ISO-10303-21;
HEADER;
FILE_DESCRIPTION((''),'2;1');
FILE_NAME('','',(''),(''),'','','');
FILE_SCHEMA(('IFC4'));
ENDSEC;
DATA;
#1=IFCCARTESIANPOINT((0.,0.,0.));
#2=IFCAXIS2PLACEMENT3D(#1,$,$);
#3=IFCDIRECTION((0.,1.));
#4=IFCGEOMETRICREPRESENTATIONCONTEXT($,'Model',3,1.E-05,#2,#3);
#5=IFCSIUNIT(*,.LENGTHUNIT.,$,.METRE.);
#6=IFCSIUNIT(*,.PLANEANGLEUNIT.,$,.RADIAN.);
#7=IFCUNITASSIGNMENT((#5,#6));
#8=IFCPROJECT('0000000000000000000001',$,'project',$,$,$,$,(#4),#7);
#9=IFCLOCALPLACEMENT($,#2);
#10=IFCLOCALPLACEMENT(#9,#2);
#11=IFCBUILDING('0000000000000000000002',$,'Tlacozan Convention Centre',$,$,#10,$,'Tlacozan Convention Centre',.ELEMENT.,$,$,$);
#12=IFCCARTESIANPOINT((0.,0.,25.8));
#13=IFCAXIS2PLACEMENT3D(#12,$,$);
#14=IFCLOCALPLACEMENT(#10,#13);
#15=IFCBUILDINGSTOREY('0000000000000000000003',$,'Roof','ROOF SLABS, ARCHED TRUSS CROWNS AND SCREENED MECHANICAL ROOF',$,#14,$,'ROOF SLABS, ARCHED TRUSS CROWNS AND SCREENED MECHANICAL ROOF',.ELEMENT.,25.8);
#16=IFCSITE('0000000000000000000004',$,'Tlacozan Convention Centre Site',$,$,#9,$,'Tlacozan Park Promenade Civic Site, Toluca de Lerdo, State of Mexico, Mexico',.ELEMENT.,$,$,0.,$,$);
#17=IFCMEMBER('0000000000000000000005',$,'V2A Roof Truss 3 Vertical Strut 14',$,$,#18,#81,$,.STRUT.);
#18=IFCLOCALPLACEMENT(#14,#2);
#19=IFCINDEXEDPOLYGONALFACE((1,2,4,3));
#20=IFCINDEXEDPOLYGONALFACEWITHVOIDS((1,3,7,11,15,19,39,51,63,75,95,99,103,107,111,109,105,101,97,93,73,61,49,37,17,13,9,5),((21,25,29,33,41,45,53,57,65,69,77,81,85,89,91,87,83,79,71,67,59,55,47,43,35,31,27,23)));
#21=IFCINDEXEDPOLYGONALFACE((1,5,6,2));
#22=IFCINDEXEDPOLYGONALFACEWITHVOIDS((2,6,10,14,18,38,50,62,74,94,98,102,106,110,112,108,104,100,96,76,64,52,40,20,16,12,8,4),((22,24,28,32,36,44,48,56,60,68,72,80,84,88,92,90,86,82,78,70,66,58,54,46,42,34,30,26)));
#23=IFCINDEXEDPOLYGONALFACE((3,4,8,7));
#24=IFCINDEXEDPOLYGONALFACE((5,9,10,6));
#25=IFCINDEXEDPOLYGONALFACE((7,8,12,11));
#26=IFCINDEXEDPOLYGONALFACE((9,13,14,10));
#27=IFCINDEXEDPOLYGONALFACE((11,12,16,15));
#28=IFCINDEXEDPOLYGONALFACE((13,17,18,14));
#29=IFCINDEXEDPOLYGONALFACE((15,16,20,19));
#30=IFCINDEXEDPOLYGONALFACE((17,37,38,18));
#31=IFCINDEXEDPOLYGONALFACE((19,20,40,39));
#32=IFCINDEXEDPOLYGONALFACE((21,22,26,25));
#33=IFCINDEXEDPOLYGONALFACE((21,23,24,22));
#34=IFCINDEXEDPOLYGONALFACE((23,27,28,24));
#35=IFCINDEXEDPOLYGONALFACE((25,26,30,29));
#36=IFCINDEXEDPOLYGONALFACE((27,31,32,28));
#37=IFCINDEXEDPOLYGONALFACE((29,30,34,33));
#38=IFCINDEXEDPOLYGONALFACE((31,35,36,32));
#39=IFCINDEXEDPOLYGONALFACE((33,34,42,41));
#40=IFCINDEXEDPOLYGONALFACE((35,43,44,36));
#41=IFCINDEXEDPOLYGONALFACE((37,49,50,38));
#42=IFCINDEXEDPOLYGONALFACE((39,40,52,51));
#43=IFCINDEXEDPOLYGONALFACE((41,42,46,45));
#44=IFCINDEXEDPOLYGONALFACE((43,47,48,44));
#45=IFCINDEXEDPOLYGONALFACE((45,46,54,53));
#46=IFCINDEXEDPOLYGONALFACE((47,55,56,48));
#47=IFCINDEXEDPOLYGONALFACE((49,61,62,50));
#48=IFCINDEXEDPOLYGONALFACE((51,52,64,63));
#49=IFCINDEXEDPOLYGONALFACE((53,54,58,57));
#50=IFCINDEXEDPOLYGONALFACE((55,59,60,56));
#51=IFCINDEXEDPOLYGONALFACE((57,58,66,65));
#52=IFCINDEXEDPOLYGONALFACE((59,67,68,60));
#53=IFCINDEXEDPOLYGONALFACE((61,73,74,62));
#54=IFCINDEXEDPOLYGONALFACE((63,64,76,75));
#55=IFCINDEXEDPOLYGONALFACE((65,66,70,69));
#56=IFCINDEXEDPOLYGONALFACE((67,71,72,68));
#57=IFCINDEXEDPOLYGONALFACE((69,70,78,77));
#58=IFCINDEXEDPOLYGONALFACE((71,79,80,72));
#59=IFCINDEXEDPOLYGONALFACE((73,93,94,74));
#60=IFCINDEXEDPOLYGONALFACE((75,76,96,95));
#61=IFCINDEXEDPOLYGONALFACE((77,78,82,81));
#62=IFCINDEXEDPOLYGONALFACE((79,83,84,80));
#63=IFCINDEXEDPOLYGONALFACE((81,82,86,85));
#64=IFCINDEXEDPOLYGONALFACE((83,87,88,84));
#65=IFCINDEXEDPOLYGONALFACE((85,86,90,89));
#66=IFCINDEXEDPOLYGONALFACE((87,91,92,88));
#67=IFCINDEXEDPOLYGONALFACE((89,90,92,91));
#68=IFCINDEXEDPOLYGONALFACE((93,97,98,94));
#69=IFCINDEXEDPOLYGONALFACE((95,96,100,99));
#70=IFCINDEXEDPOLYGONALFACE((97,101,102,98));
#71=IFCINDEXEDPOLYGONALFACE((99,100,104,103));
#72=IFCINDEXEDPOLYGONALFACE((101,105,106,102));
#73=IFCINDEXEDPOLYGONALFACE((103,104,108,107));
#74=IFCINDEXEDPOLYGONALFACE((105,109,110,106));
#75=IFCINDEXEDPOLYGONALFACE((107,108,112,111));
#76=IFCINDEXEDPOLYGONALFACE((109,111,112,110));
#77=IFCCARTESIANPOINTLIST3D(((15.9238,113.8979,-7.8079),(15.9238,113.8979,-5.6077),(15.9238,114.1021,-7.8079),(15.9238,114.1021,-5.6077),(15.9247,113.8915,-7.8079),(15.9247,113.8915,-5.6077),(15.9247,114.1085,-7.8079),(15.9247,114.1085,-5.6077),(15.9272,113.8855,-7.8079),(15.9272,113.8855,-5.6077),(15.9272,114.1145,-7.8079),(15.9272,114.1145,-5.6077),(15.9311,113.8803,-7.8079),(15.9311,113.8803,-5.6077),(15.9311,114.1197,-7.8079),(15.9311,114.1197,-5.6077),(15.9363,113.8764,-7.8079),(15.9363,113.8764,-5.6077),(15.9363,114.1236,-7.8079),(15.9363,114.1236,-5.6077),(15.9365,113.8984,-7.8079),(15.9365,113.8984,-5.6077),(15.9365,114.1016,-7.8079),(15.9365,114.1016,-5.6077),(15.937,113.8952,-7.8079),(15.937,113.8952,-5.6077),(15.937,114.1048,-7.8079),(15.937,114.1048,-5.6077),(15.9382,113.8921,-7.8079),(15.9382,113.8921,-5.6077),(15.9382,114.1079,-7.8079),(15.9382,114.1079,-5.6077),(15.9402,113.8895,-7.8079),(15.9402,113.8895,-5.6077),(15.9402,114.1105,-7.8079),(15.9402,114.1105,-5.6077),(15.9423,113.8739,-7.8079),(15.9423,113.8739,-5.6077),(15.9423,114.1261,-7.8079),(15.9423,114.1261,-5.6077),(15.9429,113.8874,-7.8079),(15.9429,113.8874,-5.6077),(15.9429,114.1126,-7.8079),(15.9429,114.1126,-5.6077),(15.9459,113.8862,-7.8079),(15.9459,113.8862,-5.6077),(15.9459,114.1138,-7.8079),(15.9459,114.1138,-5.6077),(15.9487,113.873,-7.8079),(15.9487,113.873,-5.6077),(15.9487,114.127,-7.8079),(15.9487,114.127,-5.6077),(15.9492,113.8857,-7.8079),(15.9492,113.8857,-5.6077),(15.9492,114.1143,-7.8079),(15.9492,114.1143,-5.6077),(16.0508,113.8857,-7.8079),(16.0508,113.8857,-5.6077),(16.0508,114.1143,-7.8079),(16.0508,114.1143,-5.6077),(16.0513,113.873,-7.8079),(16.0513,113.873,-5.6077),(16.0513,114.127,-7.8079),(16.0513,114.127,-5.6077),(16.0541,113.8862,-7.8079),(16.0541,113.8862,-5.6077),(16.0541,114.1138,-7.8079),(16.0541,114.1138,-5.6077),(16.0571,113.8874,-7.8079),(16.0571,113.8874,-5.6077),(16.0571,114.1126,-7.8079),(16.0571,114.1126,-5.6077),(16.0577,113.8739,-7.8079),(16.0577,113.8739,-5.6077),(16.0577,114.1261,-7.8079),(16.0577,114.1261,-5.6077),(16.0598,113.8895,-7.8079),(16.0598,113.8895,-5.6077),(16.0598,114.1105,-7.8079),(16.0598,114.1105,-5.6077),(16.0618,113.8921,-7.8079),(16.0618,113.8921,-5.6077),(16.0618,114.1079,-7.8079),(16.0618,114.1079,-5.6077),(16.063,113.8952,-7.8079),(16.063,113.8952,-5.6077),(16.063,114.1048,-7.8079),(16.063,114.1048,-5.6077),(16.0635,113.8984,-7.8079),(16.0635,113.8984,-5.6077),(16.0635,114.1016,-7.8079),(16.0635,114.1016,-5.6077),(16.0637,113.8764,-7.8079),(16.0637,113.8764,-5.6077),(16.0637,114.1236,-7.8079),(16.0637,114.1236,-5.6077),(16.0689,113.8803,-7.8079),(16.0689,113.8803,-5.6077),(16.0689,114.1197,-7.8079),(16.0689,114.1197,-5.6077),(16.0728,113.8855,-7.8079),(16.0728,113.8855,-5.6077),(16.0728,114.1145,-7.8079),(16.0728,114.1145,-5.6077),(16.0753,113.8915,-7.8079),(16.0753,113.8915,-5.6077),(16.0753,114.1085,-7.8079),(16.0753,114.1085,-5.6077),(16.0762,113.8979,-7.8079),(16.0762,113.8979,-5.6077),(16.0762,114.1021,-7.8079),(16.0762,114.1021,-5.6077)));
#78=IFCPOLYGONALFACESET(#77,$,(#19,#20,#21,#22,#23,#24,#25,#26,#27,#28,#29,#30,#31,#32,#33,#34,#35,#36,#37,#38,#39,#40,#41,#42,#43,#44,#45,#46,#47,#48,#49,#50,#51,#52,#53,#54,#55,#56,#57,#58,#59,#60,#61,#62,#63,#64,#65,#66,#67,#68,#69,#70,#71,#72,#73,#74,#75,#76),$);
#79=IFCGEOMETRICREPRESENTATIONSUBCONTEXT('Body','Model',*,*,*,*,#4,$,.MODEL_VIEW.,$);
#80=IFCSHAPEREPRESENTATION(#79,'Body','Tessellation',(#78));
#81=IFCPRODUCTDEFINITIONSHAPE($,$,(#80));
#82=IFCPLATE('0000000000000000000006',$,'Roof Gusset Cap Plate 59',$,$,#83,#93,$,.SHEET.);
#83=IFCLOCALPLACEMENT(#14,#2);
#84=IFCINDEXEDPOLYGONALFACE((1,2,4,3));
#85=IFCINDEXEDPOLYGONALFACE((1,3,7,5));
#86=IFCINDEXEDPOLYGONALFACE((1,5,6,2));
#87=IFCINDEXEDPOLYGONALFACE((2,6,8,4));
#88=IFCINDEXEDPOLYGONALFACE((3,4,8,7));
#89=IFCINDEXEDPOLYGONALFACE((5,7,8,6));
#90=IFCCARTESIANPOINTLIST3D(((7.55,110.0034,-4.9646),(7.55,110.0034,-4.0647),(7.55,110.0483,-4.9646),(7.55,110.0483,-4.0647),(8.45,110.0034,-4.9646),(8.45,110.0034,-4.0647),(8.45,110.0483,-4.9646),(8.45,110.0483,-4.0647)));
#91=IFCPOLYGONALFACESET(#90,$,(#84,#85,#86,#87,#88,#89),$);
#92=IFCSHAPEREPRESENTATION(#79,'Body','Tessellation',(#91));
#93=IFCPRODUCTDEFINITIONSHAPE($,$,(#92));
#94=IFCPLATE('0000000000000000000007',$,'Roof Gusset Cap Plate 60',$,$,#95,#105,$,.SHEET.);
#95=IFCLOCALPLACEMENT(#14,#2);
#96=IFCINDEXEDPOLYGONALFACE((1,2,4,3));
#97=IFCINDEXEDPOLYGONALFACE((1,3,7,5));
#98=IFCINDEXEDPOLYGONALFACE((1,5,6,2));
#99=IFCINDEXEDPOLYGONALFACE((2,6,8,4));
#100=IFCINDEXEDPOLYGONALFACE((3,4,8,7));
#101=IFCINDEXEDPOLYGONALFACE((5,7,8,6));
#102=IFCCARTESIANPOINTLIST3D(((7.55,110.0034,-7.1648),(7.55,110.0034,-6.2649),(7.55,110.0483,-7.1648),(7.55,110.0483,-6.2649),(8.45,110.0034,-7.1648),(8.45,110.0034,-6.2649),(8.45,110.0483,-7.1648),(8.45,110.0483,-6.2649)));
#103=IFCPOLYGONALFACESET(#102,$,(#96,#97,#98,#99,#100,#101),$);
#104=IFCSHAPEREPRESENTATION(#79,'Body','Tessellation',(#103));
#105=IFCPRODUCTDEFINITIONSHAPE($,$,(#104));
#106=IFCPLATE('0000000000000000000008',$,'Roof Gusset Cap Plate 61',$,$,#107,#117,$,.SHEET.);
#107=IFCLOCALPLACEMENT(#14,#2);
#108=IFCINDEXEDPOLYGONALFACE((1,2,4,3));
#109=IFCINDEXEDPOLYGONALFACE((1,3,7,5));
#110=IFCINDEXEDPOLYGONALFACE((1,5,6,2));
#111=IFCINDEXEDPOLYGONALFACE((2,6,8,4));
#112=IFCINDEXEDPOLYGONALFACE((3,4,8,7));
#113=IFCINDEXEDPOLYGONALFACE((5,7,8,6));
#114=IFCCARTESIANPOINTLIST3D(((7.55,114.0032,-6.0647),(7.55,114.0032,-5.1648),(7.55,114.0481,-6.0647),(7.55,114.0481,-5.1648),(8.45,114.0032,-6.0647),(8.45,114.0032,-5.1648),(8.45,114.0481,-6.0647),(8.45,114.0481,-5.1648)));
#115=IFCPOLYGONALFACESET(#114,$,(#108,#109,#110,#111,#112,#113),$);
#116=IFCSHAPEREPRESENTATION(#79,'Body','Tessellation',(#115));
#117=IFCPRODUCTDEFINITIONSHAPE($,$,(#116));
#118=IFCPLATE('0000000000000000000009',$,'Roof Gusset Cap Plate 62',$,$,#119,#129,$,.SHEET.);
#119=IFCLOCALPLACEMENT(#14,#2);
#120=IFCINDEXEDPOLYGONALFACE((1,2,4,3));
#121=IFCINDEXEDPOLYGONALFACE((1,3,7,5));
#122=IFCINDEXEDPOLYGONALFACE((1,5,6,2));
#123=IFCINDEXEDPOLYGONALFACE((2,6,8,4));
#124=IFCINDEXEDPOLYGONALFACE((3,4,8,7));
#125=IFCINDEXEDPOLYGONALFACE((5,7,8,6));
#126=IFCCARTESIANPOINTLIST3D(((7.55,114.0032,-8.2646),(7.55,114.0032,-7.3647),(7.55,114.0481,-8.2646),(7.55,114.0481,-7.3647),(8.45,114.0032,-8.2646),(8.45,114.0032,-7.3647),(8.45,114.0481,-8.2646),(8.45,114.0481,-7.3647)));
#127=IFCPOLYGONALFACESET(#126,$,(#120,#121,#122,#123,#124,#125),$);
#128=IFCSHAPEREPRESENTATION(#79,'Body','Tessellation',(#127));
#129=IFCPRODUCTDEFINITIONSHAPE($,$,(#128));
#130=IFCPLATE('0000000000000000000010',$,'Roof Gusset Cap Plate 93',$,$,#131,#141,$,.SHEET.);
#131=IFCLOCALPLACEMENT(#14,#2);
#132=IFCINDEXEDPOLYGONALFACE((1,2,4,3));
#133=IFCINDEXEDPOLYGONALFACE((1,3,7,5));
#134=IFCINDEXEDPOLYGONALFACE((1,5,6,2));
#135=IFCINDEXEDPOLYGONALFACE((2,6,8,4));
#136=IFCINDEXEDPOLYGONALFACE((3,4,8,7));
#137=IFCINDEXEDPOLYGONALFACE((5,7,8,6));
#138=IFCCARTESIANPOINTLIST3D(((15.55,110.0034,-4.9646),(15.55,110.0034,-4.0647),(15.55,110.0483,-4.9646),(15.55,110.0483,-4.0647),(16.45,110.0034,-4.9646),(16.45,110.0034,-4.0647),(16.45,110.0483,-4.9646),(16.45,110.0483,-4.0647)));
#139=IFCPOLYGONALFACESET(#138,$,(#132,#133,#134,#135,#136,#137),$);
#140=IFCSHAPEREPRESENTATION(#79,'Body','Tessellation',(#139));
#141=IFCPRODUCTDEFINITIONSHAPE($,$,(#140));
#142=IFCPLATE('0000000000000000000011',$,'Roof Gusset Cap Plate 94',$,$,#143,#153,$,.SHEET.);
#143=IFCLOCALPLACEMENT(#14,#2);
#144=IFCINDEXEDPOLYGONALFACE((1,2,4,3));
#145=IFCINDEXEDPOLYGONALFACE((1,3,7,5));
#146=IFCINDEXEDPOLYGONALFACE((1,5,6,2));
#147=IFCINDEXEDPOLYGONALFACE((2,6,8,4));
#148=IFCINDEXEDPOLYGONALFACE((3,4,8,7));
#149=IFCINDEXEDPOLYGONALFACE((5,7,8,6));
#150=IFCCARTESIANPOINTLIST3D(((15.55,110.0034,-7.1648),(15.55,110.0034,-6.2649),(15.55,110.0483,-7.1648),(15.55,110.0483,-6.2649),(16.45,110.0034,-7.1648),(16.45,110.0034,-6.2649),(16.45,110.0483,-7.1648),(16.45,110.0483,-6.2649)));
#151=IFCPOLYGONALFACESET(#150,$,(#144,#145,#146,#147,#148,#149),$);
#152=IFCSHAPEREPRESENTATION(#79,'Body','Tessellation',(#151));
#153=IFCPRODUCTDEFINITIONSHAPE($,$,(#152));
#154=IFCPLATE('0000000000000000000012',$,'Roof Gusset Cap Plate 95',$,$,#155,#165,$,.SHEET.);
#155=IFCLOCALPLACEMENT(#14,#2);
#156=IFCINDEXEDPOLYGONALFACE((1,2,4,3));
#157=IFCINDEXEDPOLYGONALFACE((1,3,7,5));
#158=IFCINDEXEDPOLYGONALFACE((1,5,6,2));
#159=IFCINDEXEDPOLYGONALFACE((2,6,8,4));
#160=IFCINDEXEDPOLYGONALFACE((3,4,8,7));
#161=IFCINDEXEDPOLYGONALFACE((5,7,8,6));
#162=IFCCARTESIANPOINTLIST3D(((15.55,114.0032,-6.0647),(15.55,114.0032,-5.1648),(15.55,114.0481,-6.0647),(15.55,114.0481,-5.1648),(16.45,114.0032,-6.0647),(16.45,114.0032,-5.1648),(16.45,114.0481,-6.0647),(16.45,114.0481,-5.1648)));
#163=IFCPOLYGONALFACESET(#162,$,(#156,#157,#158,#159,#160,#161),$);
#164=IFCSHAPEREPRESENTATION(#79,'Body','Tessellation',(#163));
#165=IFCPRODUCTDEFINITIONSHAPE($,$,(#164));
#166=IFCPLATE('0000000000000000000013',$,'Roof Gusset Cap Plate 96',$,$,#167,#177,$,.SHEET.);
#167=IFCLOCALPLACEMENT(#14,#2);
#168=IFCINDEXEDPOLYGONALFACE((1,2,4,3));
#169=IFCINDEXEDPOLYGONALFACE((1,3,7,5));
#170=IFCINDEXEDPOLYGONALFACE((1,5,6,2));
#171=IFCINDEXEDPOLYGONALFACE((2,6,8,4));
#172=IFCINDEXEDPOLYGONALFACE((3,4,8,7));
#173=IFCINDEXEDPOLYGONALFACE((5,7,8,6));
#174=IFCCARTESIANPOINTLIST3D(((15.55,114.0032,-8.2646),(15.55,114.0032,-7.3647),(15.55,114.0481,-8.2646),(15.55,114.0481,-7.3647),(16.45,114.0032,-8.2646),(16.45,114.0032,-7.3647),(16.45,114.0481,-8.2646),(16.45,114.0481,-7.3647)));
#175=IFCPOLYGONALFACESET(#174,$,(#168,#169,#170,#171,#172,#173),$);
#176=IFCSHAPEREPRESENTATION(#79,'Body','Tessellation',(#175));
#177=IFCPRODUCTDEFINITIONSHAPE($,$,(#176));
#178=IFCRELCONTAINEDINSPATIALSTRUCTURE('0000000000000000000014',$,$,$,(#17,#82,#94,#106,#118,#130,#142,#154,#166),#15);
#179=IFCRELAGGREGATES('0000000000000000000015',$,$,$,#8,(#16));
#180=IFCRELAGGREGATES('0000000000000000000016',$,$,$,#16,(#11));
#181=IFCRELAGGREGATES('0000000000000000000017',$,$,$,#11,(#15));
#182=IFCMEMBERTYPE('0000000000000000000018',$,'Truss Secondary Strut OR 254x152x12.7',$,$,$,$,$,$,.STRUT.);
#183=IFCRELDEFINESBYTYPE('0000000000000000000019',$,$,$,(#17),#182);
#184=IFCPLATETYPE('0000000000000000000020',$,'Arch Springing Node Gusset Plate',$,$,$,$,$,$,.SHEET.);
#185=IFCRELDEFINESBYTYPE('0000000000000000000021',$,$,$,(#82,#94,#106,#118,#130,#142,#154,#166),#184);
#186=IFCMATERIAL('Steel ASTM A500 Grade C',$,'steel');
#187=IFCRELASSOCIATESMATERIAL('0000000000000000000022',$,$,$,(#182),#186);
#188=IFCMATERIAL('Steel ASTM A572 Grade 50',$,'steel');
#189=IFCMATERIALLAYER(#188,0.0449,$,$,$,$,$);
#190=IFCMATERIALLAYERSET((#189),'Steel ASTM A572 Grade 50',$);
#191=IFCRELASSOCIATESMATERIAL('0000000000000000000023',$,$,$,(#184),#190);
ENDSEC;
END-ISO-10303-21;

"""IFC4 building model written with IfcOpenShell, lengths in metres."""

from ifc_helpers import new_model, si_unit, direction, frame, origin, origin_2d, place, context, subcontext, project, spatial, rectangle, hollow_rectangle, extrude, material, layer, layer_set, material_profile, profile_set, type_object, element, save


model = new_model("IFC4")

# Units and contexts
model_context = context("Model", 3, precision=1e-05, world=origin(), true_north=direction((0.0, 1.0)))
body_context = subcontext(model_context, "Body", "Model", "MODEL_VIEW")
ifc_project = project(units=[si_unit("LENGTHUNIT", "METRE"), si_unit("PLANEANGLEUNIT", "RADIAN")], contexts=[model_context])

# Site, building, storey
site_placement = place(None, origin())
site = spatial("IfcSite", under=ifc_project, at=site_placement, Name="Tlacozan Convention Centre Site", LongName="Tlacozan Park Promenade Civic Site, Toluca de Lerdo, State of Mexico, Mexico", CompositionType="ELEMENT", RefElevation=0.0)
building_placement = place(site_placement, origin())
building = spatial("IfcBuilding", under=site, at=building_placement, Name="Tlacozan Convention Centre", LongName="Tlacozan Convention Centre", CompositionType="ELEMENT")
storey_placement = place(building_placement, frame((0.0, 0.0, 25.8)))
storey = spatial("IfcBuildingStorey", under=building, at=storey_placement, Name="Roof", Description="ROOF SLABS, ARCHED TRUSS CROWNS AND SCREENED MECHANICAL ROOF", LongName="ROOF SLABS, ARCHED TRUSS CROWNS AND SCREENED MECHANICAL ROOF", CompositionType="ELEMENT", Elevation=25.8)

# Member
ifc_material_1 = material(Name="Steel ASTM A500 Grade C", Category="steel")
ifc_material_profile_1 = material_profile(ifc_material_1, hollow_rectangle(XDim=0.1523, YDim=0.2539, WallThickness=0.0127, InnerFilletRadius=0.0127, OuterFilletRadius=0.0249, at=origin_2d()), Name="OR 254x152x12.7")
ifc_profile_set_1 = profile_set([ifc_material_profile_1], Name="Steel ASTM A500 Grade C")
member_type_1 = type_object("IfcMemberType", Name="Truss Secondary Strut OR 254x152x12.7", PredefinedType="STRUT", material=ifc_profile_set_1)
for number, where, z_axis, x_axis, name in (
    (1, (16.0, 114.0, -7.8079), (0.0, 0.0, 1.0), (1.0, 0.0, 0.0), "V2A Roof Truss 3 Vertical Strut 14"),
):
    element("IfcMember", number, at=place(storey_placement, frame(where, z_axis=z_axis, x_axis=x_axis)), inside=storey, type_object=member_type_1, Name=name, PredefinedType="STRUT", context=body_context, shape_type="SweptSolid", body=[
        extrude(hollow_rectangle(XDim=0.1523, YDim=0.2539, WallThickness=0.0127, InnerFilletRadius=0.0127, OuterFilletRadius=0.0249, at=origin_2d()), origin(), (0.0, 0.0, 1.0), 2.2002),
    ])

# Plates
ifc_material_2 = material(Name="Steel ASTM A572 Grade 50", Category="steel")
ifc_layer = layer(ifc_material_2, 0.0449)
ifc_layer_set = layer_set([ifc_layer], Name="Steel ASTM A572 Grade 50")
plate_type = type_object("IfcPlateType", Name="Arch Springing Node Gusset Plate", PredefinedType="SHEET", material=ifc_layer_set)
for number, where, z_axis, x_axis, name in (
    (2, (8.0, 110.0259, -4.9646), (0.0, 0.0, 1.0), (0.0, 1.0, 0.0), "Roof Gusset Cap Plate 59"),
    (3, (8.0, 110.0259, -7.1648), (0.0, 0.0, 1.0), (0.0, 1.0, 0.0), "Roof Gusset Cap Plate 60"),
    (4, (8.0, 114.0256, -6.0647), (0.0, 0.0, 1.0), (0.0, 1.0, 0.0), "Roof Gusset Cap Plate 61"),
    (5, (8.0, 114.0256, -8.2646), (0.0, 0.0, 1.0), (0.0, 1.0, 0.0), "Roof Gusset Cap Plate 62"),
    (6, (16.0, 110.0259, -4.9646), (0.0, 0.0, 1.0), (0.0, 1.0, 0.0), "Roof Gusset Cap Plate 93"),
    (7, (16.0, 110.0259, -7.1648), (0.0, 0.0, 1.0), (0.0, 1.0, 0.0), "Roof Gusset Cap Plate 94"),
    (8, (16.0, 114.0256, -6.0647), (0.0, 0.0, 1.0), (0.0, 1.0, 0.0), "Roof Gusset Cap Plate 95"),
    (9, (16.0, 114.0256, -8.2646), (0.0, 0.0, 1.0), (0.0, 1.0, 0.0), "Roof Gusset Cap Plate 96"),
):
    element("IfcPlate", number, at=place(storey_placement, frame(where, z_axis=z_axis, x_axis=x_axis)), inside=storey, type_object=plate_type, Name=name, PredefinedType="SHEET", context=body_context, shape_type="SweptSolid", body=[
        extrude(rectangle(XDim=0.0449, YDim=0.8999, at=origin_2d()), origin(), (0.0, 0.0, 1.0), 0.8999),
    ])

save(model, "model.ifc")
